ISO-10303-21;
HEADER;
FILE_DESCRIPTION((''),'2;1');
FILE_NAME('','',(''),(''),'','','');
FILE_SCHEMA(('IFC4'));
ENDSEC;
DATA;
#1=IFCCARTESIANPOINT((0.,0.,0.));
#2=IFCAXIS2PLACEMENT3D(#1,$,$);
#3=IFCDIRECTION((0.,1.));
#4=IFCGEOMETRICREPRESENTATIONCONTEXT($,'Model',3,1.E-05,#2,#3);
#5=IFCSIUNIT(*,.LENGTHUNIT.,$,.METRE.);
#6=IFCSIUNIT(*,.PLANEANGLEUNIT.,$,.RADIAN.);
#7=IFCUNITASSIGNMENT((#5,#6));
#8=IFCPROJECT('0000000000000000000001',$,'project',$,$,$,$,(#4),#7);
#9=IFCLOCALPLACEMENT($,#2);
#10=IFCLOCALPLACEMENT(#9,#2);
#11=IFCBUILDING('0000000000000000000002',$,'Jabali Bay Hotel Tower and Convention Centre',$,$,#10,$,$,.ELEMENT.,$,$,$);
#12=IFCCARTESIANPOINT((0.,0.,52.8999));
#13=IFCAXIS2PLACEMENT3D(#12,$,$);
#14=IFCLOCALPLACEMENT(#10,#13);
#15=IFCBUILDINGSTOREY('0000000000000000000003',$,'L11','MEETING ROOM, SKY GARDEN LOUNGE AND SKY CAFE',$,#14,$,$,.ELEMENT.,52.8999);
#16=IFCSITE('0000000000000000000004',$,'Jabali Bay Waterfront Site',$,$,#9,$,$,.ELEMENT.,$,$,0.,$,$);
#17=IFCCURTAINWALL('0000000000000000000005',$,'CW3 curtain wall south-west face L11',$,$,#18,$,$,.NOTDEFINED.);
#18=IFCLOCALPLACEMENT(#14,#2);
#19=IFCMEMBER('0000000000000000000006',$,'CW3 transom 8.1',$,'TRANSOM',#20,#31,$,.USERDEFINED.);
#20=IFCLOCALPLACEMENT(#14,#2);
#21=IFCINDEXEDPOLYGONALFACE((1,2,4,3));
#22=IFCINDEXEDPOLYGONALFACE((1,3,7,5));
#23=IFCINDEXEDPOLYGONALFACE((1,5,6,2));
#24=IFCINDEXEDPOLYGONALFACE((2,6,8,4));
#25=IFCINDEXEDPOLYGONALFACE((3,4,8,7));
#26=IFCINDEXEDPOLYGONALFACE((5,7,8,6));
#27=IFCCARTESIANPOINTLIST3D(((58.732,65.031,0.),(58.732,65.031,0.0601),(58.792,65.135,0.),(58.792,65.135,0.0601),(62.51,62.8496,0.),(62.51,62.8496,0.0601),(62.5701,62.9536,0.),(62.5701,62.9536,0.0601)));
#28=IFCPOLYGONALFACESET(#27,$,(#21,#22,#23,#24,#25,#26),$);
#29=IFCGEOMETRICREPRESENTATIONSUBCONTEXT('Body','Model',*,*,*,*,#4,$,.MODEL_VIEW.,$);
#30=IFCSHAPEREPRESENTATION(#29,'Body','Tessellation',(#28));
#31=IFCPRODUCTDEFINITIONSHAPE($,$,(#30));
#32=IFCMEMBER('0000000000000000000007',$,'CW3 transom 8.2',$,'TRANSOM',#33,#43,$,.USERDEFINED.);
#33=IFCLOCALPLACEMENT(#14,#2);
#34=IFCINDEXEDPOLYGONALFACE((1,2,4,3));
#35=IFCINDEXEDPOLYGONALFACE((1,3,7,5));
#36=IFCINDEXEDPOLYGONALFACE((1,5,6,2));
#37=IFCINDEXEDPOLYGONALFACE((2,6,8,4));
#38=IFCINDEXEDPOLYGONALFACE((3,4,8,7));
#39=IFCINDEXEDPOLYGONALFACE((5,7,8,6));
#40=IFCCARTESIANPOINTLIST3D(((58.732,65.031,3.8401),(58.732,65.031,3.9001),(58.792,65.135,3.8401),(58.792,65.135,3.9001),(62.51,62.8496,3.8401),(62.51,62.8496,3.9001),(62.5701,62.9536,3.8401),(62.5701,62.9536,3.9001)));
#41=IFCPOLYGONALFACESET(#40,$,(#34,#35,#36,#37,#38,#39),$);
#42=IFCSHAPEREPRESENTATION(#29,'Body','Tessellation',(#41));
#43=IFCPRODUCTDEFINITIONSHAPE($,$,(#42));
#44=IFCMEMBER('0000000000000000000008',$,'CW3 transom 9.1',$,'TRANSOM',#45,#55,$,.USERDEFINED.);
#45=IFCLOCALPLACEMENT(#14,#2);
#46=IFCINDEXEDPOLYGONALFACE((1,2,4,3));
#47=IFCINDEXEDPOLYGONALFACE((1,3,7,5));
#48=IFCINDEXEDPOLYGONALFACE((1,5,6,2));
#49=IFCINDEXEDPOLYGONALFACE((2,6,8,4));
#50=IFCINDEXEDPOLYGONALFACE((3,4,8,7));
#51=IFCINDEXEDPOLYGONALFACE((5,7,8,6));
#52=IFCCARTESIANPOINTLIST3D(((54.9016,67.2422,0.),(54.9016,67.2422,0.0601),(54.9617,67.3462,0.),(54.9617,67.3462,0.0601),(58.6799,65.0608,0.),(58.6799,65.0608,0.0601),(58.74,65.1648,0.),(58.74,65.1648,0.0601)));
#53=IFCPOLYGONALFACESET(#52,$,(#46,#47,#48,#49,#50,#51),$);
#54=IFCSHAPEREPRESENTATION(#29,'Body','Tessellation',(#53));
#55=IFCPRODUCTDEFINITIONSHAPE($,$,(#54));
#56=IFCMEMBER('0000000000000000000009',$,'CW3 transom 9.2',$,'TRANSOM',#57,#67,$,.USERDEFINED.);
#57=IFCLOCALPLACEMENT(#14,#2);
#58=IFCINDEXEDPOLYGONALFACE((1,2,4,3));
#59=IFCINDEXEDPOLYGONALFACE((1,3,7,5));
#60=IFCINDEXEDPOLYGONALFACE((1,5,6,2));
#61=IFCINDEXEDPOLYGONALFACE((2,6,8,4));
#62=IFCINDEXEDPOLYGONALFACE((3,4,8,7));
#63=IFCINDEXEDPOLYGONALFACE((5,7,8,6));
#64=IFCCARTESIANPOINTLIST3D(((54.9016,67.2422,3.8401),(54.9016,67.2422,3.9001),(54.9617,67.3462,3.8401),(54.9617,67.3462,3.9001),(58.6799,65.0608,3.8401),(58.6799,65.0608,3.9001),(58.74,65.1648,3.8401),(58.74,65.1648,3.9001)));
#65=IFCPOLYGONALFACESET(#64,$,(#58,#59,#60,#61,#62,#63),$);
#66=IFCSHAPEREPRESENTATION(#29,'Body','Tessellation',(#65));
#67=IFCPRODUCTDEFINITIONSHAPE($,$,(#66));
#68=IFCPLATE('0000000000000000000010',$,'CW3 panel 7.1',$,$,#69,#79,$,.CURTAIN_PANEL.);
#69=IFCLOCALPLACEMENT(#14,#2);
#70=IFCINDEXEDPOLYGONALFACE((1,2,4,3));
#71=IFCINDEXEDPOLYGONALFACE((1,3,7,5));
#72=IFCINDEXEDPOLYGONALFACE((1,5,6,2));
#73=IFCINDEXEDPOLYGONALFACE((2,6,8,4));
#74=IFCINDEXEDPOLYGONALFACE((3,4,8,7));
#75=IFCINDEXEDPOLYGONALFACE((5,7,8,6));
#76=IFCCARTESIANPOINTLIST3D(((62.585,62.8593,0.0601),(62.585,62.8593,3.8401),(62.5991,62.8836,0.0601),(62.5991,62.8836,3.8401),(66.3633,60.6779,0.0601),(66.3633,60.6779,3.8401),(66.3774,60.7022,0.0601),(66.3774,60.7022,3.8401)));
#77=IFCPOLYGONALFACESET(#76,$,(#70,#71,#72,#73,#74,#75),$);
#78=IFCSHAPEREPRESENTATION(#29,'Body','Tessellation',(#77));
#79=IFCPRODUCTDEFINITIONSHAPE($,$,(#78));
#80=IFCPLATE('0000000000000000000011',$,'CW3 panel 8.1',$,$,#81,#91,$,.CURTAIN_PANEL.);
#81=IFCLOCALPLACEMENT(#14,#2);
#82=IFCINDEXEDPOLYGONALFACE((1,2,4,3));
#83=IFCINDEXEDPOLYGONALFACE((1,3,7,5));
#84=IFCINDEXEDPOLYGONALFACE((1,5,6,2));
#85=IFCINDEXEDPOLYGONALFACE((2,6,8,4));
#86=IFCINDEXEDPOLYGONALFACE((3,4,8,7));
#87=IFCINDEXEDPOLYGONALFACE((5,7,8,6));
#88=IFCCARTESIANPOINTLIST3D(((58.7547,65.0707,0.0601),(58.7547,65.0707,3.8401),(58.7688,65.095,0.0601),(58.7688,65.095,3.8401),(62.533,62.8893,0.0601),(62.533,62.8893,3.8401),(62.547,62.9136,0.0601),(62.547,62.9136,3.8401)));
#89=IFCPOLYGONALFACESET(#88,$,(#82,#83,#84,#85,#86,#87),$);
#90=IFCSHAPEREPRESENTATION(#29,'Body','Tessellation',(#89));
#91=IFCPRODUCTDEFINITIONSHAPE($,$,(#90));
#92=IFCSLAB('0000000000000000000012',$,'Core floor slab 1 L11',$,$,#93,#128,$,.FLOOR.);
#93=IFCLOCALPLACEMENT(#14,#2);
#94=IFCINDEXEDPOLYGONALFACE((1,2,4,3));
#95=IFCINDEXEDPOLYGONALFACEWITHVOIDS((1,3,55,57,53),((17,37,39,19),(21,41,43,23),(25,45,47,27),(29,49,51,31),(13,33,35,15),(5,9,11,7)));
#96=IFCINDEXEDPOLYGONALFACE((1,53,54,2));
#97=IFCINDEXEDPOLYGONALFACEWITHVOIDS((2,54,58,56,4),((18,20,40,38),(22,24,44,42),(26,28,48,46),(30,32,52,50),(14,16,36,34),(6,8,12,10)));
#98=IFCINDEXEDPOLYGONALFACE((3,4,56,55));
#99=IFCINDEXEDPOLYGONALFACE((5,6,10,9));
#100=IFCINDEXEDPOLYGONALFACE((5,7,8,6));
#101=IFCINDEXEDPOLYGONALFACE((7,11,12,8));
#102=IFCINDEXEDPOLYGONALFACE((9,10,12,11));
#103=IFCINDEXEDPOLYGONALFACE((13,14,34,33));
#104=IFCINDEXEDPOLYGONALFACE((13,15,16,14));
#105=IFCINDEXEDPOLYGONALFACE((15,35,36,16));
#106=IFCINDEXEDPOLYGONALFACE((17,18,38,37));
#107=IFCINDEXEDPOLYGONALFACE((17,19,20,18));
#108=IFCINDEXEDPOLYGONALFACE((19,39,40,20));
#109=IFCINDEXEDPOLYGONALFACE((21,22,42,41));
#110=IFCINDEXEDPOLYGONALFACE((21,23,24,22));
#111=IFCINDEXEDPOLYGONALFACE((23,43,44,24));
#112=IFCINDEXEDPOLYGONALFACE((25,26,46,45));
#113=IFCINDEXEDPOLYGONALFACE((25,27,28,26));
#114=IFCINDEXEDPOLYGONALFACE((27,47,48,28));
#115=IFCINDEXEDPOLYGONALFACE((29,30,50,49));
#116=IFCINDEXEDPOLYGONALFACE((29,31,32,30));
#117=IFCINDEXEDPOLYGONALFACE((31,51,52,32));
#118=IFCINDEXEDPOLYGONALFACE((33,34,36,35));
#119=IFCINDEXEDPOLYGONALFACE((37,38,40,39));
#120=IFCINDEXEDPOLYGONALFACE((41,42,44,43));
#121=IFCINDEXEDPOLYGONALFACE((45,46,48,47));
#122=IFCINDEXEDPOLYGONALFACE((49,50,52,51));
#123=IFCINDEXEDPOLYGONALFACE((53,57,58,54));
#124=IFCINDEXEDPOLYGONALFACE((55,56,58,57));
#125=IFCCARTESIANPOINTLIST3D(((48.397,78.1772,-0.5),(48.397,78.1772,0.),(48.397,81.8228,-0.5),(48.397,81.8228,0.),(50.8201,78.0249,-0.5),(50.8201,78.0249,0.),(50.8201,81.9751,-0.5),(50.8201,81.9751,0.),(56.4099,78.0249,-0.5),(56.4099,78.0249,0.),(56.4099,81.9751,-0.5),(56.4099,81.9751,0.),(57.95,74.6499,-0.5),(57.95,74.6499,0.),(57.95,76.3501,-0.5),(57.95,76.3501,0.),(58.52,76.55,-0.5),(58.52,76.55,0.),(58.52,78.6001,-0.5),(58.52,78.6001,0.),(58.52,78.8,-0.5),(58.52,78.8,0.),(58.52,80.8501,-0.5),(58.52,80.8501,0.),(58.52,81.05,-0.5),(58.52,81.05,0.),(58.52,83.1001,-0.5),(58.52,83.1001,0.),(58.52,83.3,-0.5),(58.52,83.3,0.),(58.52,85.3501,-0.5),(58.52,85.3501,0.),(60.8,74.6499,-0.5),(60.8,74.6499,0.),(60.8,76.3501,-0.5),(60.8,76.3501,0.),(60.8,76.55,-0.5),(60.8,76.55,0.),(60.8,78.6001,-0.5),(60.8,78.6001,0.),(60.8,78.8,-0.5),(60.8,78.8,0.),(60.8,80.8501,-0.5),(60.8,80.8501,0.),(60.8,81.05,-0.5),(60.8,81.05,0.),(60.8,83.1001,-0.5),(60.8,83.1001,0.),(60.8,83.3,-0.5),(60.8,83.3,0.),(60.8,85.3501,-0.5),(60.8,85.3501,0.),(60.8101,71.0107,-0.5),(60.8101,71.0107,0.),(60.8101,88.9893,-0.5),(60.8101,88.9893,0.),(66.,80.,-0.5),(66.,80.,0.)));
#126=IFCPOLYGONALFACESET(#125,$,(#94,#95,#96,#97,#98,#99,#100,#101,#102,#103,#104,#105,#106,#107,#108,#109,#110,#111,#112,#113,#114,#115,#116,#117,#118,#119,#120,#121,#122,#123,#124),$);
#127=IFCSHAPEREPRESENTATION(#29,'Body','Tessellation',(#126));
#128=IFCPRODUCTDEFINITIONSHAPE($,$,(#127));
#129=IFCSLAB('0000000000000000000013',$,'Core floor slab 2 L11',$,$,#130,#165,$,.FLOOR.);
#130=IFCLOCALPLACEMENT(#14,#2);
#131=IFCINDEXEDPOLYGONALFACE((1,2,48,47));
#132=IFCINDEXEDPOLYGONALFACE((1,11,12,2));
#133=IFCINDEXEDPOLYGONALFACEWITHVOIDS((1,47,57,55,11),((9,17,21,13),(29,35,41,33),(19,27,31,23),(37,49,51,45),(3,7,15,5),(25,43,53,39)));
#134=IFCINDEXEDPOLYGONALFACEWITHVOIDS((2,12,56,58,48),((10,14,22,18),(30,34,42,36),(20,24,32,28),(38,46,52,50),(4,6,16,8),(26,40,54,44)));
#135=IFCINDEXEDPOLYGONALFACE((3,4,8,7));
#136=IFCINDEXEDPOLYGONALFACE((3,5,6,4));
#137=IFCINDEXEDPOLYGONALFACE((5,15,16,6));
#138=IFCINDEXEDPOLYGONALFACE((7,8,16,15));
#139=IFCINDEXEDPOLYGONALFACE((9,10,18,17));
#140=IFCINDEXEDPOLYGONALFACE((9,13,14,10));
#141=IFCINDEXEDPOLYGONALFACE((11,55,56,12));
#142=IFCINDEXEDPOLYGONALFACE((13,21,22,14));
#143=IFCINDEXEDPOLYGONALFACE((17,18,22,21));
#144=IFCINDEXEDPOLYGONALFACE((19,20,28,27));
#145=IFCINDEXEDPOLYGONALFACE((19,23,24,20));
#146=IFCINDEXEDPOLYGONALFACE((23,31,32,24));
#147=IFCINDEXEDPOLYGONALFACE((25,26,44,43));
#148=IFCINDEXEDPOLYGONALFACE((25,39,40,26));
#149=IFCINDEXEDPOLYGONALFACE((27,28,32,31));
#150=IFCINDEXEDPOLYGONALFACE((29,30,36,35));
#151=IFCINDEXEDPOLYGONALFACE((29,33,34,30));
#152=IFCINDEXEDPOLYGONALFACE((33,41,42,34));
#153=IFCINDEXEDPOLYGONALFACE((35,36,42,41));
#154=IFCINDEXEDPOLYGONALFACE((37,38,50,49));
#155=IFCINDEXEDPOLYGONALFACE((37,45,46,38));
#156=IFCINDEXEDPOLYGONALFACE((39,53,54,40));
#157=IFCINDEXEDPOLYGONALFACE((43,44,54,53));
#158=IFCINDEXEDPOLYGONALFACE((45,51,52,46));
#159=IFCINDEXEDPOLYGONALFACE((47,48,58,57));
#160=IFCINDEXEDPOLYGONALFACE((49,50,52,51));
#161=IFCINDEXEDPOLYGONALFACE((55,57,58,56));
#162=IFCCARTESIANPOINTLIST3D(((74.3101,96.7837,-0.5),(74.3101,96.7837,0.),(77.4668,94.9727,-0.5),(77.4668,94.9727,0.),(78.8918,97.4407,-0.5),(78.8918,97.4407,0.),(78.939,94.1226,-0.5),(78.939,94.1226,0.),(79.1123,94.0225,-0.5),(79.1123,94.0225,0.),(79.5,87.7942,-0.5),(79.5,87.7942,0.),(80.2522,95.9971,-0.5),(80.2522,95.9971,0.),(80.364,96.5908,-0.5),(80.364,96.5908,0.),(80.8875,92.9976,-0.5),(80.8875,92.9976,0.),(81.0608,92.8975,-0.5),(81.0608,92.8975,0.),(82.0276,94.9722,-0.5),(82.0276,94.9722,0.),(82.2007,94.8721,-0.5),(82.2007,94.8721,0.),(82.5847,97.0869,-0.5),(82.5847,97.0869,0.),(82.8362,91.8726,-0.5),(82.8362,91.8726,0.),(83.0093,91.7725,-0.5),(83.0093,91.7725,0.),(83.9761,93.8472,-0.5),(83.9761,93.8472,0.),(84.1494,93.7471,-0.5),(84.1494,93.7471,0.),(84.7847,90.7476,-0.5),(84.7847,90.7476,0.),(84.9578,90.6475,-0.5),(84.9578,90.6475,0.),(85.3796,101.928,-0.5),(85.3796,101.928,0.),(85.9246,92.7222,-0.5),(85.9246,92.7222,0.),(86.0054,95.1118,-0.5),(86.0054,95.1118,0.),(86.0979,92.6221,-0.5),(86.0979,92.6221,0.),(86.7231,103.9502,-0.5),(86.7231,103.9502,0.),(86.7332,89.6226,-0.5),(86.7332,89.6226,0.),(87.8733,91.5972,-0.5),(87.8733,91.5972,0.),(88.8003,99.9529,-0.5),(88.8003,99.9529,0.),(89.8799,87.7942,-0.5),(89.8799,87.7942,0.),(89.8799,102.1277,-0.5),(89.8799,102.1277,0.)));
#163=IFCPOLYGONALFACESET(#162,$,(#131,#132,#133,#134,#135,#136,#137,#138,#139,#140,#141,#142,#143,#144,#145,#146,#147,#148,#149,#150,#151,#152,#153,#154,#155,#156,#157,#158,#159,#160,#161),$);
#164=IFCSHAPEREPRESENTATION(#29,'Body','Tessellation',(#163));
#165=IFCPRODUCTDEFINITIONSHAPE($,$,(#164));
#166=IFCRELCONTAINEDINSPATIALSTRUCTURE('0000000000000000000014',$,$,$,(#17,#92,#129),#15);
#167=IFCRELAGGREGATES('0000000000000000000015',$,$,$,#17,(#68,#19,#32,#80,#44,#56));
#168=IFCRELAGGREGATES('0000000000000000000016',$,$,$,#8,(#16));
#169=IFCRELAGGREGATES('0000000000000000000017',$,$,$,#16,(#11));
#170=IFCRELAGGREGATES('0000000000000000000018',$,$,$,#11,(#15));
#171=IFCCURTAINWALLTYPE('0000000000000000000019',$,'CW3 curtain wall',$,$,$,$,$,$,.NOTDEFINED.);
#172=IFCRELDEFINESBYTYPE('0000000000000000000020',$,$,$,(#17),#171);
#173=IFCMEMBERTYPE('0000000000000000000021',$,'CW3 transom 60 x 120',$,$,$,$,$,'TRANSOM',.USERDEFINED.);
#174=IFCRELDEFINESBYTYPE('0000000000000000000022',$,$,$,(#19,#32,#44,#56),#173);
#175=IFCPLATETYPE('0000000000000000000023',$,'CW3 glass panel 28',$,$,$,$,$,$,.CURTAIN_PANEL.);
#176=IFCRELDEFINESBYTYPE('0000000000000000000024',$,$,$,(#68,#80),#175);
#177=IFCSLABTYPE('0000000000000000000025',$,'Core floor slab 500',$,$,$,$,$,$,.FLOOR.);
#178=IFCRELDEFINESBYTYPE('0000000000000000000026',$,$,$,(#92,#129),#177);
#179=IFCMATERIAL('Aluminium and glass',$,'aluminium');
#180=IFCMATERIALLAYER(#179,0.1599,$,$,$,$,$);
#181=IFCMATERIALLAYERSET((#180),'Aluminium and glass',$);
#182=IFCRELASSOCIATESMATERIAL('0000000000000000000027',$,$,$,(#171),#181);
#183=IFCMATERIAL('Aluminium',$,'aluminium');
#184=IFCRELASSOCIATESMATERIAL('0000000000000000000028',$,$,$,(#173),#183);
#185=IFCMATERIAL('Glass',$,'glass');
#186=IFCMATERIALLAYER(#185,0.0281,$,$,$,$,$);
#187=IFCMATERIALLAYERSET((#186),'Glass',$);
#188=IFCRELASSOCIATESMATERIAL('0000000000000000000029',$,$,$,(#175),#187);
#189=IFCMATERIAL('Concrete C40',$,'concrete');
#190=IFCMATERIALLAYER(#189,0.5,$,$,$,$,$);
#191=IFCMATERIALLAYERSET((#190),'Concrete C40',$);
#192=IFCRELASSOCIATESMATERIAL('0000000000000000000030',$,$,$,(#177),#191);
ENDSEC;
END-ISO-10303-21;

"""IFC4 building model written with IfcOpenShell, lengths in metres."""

from ifc_helpers import new_model, si_unit, direction, frame, origin, origin_2d, place, context, subcontext, project, spatial, polyline, rectangle, outline, extrude, material, layer, layer_set, material_profile, profile_set, type_object, element, aggregate, save


model = new_model("IFC4")

# Units and contexts
model_context = context("Model", 3, precision=1e-05, world=origin(), true_north=direction((0.0, 1.0)))
body_context = subcontext(model_context, "Body", "Model", "MODEL_VIEW")
ifc_project = project(units=[si_unit("LENGTHUNIT", "METRE"), si_unit("PLANEANGLEUNIT", "RADIAN")], contexts=[model_context])

# Site, building, storey
site_placement = place(None, origin())
site = spatial("IfcSite", under=ifc_project, at=site_placement, Name="Jabali Bay Waterfront Site", CompositionType="ELEMENT", RefElevation=0.0)
building_placement = place(site_placement, origin())
building = spatial("IfcBuilding", under=site, at=building_placement, Name="Jabali Bay Hotel Tower and Convention Centre", CompositionType="ELEMENT")
storey_placement = place(building_placement, frame((0.0, 0.0, 52.8999)))
storey = spatial("IfcBuildingStorey", under=building, at=storey_placement, Name="L11", Description="MEETING ROOM, SKY GARDEN LOUNGE AND SKY CAFE", CompositionType="ELEMENT", Elevation=52.8999)

# Curtain wall, members, plates
ifc_material_1 = material(Name="Aluminium and glass", Category="aluminium")
ifc_layer_1 = layer(ifc_material_1, 0.1599)
ifc_layer_set_1 = layer_set([ifc_layer_1], Name="Aluminium and glass")
curtain_wall_type = type_object("IfcCurtainWallType", Name="CW3 curtain wall", PredefinedType="NOTDEFINED", material=ifc_layer_set_1)
curtain_wall_placement = place(storey_placement, origin())
curtain_wall = element("IfcCurtainWall", 1, at=curtain_wall_placement, inside=storey, type_object=curtain_wall_type, Name="CW3 curtain wall south-west face L11", PredefinedType="NOTDEFINED")
ifc_material_2 = material(Name="Aluminium", Category="aluminium")
ifc_material_profile_1 = material_profile(ifc_material_2, rectangle(XDim=0.1201, YDim=0.0601, at=origin_2d()), Name="CW3 transom 60 x 120")
ifc_profile_set_1 = profile_set([ifc_material_profile_1], Name="Aluminium")
member_type_1 = type_object("IfcMemberType", Name="CW3 transom 60 x 120", ElementType="TRANSOM", PredefinedType="USERDEFINED", material=ifc_profile_set_1)
member_1_placement = place(storey_placement, frame((62.54, 62.9016, 0.03), z_axis=(-0.866013, 0.500021, 0.0), x_axis=(-0.500021, -0.866013, 0.0)))
member_1 = element("IfcMember", 2, at=member_1_placement, type_object=member_type_1, Name="CW3 transom 8.1", ObjectType="TRANSOM", PredefinedType="USERDEFINED", context=body_context, shape_type="SweptSolid", body=[
    extrude(rectangle(XDim=0.1201, YDim=0.0601, at=origin_2d()), origin(), (0.0, 0.0, 1.0), 4.3625),
])
member_2_placement = place(storey_placement, frame((62.54, 62.9016, 3.8701), z_axis=(-0.866013, 0.500021, 0.0), x_axis=(-0.500021, -0.866013, 0.0)))
member_2 = element("IfcMember", 3, at=member_2_placement, type_object=member_type_1, Name="CW3 transom 8.2", ObjectType="TRANSOM", PredefinedType="USERDEFINED", context=body_context, shape_type="SweptSolid", body=[
    extrude(rectangle(XDim=0.1201, YDim=0.0601, at=origin_2d()), origin(), (0.0, 0.0, 1.0), 4.3625),
])
member_3_placement = place(storey_placement, frame((58.71, 65.1128, 0.03), z_axis=(-0.866027, 0.499997, 0.0), x_axis=(-0.499997, -0.866027, 0.0)))
member_3 = element("IfcMember", 4, at=member_3_placement, type_object=member_type_1, Name="CW3 transom 9.1", ObjectType="TRANSOM", PredefinedType="USERDEFINED", context=body_context, shape_type="SweptSolid", body=[
    extrude(rectangle(XDim=0.1201, YDim=0.0601, at=origin_2d()), origin(), (0.0, 0.0, 1.0), 4.3628),
])
member_4_placement = place(storey_placement, frame((58.71, 65.1128, 3.8701), z_axis=(-0.866027, 0.499997, 0.0), x_axis=(-0.499997, -0.866027, 0.0)))
member_4 = element("IfcMember", 5, at=member_4_placement, type_object=member_type_1, Name="CW3 transom 9.2", ObjectType="TRANSOM", PredefinedType="USERDEFINED", context=body_context, shape_type="SweptSolid", body=[
    extrude(rectangle(XDim=0.1201, YDim=0.0601, at=origin_2d()), origin(), (0.0, 0.0, 1.0), 4.3628),
])
ifc_material_3 = material(Name="Glass", Category="glass")
ifc_layer_2 = layer(ifc_material_3, 0.0281)
ifc_layer_set_2 = layer_set([ifc_layer_2], Name="Glass")
plate_type = type_object("IfcPlateType", Name="CW3 glass panel 28", PredefinedType="CURTAIN_PANEL", material=ifc_layer_set_2)
plate_1_placement = place(storey_placement, frame((64.4812, 61.7808, 0.0601), z_axis=(0.0, 0.0, 1.0), x_axis=(-0.866025, 0.5, 0.0)))
plate_1 = element("IfcPlate", 6, at=plate_1_placement, type_object=plate_type, Name="CW3 panel 7.1", PredefinedType="CURTAIN_PANEL", context=body_context, shape_type="SweptSolid", body=[
    extrude(rectangle(XDim=4.3628, YDim=0.0281, at=origin_2d()), origin(), (0.0, 0.0, 1.0), 3.78),
])
plate_2_placement = place(storey_placement, frame((60.6509, 63.9922, 0.0601), z_axis=(0.0, 0.0, 1.0), x_axis=(-0.866025, 0.5, 0.0)))
plate_2 = element("IfcPlate", 7, at=plate_2_placement, type_object=plate_type, Name="CW3 panel 8.1", PredefinedType="CURTAIN_PANEL", context=body_context, shape_type="SweptSolid", body=[
    extrude(rectangle(XDim=4.3628, YDim=0.0281, at=origin_2d()), origin(), (0.0, 0.0, 1.0), 3.78),
])
aggregate(curtain_wall, [plate_1, member_1, member_2, plate_2, member_3, member_4])

# Slabs
ifc_material_4 = material(Name="Concrete C40", Category="concrete")
ifc_layer_3 = layer(ifc_material_4, 0.5)
ifc_layer_set_3 = layer_set([ifc_layer_3], Name="Concrete C40")
slab_type_1 = type_object("IfcSlabType", Name="Core floor slab 500", PredefinedType="FLOOR", material=ifc_layer_set_3)
slab_1_placement = place(storey_placement, frame((0.0, 0.0, -0.5)))
element("IfcSlab", 8, at=slab_1_placement, inside=storey, type_object=slab_type_1, Name="Core floor slab 1 L11", PredefinedType="FLOOR", context=body_context, shape_type="SweptSolid", body=[
    extrude(outline(polyline([(66.0, 80.0), (60.8101, 88.9893), (48.397, 81.8228), (48.397, 78.1772), (60.8101, 71.0107), (66.0, 80.0)]), holes=[polyline([(60.8, 74.6499), (60.8, 76.3501), (57.95, 76.3501), (57.95, 74.6499), (60.8, 74.6499)]), polyline([(58.52, 76.55), (60.8, 76.55), (60.8, 78.6001), (58.52, 78.6001), (58.52, 76.55)]), polyline([(58.52, 78.8), (60.8, 78.8), (60.8, 80.8501), (58.52, 80.8501), (58.52, 78.8)]), polyline([(56.4099, 81.9751), (50.8201, 81.9751), (50.8201, 78.0249), (56.4099, 78.0249), (56.4099, 81.9751)]), polyline([(58.52, 81.05), (60.8, 81.05), (60.8, 83.1001), (58.52, 83.1001), (58.52, 81.05)]), polyline([(58.52, 83.3), (60.8, 83.3), (60.8, 85.3501), (58.52, 85.3501), (58.52, 83.3)])]), origin(), (0.0, 0.0, 1.0), 0.5),
])
slab_2_placement = place(storey_placement, frame((0.0, 0.0, -0.5)))
element("IfcSlab", 9, at=slab_2_placement, inside=storey, type_object=slab_type_1, Name="Core floor slab 2 L11", PredefinedType="FLOOR", context=body_context, shape_type="SweptSolid", body=[
    extrude(outline(polyline([(79.5, 87.7942), (89.8799, 87.7942), (89.8799, 102.1277), (86.7231, 103.9502), (74.3101, 96.7837), (79.5, 87.7942)]), holes=[polyline([(84.9578, 90.6475), (86.7332, 89.6226), (87.8733, 91.5972), (86.0979, 92.6221), (84.9578, 90.6475)]), polyline([(84.1494, 93.7471), (83.0093, 91.7725), (84.7847, 90.7476), (85.9246, 92.7222), (84.1494, 93.7471)]), polyline([(82.2007, 94.8721), (81.0608, 92.8975), (82.8362, 91.8726), (83.9761, 93.8472), (82.2007, 94.8721)]), polyline([(79.1123, 94.0225), (80.8875, 92.9976), (82.0276, 94.9722), (80.2522, 95.9971), (79.1123, 94.0225)]), polyline([(78.8918, 97.4407), (77.4668, 94.9727), (78.939, 94.1226), (80.364, 96.5908), (78.8918, 97.4407)]), polyline([(82.5847, 97.0869), (86.0054, 95.1118), (88.8003, 99.9529), (85.3796, 101.928), (82.5847, 97.0869)])]), origin(), (0.0, 0.0, 1.0), 0.5),
])

save(model, "model.ifc")
